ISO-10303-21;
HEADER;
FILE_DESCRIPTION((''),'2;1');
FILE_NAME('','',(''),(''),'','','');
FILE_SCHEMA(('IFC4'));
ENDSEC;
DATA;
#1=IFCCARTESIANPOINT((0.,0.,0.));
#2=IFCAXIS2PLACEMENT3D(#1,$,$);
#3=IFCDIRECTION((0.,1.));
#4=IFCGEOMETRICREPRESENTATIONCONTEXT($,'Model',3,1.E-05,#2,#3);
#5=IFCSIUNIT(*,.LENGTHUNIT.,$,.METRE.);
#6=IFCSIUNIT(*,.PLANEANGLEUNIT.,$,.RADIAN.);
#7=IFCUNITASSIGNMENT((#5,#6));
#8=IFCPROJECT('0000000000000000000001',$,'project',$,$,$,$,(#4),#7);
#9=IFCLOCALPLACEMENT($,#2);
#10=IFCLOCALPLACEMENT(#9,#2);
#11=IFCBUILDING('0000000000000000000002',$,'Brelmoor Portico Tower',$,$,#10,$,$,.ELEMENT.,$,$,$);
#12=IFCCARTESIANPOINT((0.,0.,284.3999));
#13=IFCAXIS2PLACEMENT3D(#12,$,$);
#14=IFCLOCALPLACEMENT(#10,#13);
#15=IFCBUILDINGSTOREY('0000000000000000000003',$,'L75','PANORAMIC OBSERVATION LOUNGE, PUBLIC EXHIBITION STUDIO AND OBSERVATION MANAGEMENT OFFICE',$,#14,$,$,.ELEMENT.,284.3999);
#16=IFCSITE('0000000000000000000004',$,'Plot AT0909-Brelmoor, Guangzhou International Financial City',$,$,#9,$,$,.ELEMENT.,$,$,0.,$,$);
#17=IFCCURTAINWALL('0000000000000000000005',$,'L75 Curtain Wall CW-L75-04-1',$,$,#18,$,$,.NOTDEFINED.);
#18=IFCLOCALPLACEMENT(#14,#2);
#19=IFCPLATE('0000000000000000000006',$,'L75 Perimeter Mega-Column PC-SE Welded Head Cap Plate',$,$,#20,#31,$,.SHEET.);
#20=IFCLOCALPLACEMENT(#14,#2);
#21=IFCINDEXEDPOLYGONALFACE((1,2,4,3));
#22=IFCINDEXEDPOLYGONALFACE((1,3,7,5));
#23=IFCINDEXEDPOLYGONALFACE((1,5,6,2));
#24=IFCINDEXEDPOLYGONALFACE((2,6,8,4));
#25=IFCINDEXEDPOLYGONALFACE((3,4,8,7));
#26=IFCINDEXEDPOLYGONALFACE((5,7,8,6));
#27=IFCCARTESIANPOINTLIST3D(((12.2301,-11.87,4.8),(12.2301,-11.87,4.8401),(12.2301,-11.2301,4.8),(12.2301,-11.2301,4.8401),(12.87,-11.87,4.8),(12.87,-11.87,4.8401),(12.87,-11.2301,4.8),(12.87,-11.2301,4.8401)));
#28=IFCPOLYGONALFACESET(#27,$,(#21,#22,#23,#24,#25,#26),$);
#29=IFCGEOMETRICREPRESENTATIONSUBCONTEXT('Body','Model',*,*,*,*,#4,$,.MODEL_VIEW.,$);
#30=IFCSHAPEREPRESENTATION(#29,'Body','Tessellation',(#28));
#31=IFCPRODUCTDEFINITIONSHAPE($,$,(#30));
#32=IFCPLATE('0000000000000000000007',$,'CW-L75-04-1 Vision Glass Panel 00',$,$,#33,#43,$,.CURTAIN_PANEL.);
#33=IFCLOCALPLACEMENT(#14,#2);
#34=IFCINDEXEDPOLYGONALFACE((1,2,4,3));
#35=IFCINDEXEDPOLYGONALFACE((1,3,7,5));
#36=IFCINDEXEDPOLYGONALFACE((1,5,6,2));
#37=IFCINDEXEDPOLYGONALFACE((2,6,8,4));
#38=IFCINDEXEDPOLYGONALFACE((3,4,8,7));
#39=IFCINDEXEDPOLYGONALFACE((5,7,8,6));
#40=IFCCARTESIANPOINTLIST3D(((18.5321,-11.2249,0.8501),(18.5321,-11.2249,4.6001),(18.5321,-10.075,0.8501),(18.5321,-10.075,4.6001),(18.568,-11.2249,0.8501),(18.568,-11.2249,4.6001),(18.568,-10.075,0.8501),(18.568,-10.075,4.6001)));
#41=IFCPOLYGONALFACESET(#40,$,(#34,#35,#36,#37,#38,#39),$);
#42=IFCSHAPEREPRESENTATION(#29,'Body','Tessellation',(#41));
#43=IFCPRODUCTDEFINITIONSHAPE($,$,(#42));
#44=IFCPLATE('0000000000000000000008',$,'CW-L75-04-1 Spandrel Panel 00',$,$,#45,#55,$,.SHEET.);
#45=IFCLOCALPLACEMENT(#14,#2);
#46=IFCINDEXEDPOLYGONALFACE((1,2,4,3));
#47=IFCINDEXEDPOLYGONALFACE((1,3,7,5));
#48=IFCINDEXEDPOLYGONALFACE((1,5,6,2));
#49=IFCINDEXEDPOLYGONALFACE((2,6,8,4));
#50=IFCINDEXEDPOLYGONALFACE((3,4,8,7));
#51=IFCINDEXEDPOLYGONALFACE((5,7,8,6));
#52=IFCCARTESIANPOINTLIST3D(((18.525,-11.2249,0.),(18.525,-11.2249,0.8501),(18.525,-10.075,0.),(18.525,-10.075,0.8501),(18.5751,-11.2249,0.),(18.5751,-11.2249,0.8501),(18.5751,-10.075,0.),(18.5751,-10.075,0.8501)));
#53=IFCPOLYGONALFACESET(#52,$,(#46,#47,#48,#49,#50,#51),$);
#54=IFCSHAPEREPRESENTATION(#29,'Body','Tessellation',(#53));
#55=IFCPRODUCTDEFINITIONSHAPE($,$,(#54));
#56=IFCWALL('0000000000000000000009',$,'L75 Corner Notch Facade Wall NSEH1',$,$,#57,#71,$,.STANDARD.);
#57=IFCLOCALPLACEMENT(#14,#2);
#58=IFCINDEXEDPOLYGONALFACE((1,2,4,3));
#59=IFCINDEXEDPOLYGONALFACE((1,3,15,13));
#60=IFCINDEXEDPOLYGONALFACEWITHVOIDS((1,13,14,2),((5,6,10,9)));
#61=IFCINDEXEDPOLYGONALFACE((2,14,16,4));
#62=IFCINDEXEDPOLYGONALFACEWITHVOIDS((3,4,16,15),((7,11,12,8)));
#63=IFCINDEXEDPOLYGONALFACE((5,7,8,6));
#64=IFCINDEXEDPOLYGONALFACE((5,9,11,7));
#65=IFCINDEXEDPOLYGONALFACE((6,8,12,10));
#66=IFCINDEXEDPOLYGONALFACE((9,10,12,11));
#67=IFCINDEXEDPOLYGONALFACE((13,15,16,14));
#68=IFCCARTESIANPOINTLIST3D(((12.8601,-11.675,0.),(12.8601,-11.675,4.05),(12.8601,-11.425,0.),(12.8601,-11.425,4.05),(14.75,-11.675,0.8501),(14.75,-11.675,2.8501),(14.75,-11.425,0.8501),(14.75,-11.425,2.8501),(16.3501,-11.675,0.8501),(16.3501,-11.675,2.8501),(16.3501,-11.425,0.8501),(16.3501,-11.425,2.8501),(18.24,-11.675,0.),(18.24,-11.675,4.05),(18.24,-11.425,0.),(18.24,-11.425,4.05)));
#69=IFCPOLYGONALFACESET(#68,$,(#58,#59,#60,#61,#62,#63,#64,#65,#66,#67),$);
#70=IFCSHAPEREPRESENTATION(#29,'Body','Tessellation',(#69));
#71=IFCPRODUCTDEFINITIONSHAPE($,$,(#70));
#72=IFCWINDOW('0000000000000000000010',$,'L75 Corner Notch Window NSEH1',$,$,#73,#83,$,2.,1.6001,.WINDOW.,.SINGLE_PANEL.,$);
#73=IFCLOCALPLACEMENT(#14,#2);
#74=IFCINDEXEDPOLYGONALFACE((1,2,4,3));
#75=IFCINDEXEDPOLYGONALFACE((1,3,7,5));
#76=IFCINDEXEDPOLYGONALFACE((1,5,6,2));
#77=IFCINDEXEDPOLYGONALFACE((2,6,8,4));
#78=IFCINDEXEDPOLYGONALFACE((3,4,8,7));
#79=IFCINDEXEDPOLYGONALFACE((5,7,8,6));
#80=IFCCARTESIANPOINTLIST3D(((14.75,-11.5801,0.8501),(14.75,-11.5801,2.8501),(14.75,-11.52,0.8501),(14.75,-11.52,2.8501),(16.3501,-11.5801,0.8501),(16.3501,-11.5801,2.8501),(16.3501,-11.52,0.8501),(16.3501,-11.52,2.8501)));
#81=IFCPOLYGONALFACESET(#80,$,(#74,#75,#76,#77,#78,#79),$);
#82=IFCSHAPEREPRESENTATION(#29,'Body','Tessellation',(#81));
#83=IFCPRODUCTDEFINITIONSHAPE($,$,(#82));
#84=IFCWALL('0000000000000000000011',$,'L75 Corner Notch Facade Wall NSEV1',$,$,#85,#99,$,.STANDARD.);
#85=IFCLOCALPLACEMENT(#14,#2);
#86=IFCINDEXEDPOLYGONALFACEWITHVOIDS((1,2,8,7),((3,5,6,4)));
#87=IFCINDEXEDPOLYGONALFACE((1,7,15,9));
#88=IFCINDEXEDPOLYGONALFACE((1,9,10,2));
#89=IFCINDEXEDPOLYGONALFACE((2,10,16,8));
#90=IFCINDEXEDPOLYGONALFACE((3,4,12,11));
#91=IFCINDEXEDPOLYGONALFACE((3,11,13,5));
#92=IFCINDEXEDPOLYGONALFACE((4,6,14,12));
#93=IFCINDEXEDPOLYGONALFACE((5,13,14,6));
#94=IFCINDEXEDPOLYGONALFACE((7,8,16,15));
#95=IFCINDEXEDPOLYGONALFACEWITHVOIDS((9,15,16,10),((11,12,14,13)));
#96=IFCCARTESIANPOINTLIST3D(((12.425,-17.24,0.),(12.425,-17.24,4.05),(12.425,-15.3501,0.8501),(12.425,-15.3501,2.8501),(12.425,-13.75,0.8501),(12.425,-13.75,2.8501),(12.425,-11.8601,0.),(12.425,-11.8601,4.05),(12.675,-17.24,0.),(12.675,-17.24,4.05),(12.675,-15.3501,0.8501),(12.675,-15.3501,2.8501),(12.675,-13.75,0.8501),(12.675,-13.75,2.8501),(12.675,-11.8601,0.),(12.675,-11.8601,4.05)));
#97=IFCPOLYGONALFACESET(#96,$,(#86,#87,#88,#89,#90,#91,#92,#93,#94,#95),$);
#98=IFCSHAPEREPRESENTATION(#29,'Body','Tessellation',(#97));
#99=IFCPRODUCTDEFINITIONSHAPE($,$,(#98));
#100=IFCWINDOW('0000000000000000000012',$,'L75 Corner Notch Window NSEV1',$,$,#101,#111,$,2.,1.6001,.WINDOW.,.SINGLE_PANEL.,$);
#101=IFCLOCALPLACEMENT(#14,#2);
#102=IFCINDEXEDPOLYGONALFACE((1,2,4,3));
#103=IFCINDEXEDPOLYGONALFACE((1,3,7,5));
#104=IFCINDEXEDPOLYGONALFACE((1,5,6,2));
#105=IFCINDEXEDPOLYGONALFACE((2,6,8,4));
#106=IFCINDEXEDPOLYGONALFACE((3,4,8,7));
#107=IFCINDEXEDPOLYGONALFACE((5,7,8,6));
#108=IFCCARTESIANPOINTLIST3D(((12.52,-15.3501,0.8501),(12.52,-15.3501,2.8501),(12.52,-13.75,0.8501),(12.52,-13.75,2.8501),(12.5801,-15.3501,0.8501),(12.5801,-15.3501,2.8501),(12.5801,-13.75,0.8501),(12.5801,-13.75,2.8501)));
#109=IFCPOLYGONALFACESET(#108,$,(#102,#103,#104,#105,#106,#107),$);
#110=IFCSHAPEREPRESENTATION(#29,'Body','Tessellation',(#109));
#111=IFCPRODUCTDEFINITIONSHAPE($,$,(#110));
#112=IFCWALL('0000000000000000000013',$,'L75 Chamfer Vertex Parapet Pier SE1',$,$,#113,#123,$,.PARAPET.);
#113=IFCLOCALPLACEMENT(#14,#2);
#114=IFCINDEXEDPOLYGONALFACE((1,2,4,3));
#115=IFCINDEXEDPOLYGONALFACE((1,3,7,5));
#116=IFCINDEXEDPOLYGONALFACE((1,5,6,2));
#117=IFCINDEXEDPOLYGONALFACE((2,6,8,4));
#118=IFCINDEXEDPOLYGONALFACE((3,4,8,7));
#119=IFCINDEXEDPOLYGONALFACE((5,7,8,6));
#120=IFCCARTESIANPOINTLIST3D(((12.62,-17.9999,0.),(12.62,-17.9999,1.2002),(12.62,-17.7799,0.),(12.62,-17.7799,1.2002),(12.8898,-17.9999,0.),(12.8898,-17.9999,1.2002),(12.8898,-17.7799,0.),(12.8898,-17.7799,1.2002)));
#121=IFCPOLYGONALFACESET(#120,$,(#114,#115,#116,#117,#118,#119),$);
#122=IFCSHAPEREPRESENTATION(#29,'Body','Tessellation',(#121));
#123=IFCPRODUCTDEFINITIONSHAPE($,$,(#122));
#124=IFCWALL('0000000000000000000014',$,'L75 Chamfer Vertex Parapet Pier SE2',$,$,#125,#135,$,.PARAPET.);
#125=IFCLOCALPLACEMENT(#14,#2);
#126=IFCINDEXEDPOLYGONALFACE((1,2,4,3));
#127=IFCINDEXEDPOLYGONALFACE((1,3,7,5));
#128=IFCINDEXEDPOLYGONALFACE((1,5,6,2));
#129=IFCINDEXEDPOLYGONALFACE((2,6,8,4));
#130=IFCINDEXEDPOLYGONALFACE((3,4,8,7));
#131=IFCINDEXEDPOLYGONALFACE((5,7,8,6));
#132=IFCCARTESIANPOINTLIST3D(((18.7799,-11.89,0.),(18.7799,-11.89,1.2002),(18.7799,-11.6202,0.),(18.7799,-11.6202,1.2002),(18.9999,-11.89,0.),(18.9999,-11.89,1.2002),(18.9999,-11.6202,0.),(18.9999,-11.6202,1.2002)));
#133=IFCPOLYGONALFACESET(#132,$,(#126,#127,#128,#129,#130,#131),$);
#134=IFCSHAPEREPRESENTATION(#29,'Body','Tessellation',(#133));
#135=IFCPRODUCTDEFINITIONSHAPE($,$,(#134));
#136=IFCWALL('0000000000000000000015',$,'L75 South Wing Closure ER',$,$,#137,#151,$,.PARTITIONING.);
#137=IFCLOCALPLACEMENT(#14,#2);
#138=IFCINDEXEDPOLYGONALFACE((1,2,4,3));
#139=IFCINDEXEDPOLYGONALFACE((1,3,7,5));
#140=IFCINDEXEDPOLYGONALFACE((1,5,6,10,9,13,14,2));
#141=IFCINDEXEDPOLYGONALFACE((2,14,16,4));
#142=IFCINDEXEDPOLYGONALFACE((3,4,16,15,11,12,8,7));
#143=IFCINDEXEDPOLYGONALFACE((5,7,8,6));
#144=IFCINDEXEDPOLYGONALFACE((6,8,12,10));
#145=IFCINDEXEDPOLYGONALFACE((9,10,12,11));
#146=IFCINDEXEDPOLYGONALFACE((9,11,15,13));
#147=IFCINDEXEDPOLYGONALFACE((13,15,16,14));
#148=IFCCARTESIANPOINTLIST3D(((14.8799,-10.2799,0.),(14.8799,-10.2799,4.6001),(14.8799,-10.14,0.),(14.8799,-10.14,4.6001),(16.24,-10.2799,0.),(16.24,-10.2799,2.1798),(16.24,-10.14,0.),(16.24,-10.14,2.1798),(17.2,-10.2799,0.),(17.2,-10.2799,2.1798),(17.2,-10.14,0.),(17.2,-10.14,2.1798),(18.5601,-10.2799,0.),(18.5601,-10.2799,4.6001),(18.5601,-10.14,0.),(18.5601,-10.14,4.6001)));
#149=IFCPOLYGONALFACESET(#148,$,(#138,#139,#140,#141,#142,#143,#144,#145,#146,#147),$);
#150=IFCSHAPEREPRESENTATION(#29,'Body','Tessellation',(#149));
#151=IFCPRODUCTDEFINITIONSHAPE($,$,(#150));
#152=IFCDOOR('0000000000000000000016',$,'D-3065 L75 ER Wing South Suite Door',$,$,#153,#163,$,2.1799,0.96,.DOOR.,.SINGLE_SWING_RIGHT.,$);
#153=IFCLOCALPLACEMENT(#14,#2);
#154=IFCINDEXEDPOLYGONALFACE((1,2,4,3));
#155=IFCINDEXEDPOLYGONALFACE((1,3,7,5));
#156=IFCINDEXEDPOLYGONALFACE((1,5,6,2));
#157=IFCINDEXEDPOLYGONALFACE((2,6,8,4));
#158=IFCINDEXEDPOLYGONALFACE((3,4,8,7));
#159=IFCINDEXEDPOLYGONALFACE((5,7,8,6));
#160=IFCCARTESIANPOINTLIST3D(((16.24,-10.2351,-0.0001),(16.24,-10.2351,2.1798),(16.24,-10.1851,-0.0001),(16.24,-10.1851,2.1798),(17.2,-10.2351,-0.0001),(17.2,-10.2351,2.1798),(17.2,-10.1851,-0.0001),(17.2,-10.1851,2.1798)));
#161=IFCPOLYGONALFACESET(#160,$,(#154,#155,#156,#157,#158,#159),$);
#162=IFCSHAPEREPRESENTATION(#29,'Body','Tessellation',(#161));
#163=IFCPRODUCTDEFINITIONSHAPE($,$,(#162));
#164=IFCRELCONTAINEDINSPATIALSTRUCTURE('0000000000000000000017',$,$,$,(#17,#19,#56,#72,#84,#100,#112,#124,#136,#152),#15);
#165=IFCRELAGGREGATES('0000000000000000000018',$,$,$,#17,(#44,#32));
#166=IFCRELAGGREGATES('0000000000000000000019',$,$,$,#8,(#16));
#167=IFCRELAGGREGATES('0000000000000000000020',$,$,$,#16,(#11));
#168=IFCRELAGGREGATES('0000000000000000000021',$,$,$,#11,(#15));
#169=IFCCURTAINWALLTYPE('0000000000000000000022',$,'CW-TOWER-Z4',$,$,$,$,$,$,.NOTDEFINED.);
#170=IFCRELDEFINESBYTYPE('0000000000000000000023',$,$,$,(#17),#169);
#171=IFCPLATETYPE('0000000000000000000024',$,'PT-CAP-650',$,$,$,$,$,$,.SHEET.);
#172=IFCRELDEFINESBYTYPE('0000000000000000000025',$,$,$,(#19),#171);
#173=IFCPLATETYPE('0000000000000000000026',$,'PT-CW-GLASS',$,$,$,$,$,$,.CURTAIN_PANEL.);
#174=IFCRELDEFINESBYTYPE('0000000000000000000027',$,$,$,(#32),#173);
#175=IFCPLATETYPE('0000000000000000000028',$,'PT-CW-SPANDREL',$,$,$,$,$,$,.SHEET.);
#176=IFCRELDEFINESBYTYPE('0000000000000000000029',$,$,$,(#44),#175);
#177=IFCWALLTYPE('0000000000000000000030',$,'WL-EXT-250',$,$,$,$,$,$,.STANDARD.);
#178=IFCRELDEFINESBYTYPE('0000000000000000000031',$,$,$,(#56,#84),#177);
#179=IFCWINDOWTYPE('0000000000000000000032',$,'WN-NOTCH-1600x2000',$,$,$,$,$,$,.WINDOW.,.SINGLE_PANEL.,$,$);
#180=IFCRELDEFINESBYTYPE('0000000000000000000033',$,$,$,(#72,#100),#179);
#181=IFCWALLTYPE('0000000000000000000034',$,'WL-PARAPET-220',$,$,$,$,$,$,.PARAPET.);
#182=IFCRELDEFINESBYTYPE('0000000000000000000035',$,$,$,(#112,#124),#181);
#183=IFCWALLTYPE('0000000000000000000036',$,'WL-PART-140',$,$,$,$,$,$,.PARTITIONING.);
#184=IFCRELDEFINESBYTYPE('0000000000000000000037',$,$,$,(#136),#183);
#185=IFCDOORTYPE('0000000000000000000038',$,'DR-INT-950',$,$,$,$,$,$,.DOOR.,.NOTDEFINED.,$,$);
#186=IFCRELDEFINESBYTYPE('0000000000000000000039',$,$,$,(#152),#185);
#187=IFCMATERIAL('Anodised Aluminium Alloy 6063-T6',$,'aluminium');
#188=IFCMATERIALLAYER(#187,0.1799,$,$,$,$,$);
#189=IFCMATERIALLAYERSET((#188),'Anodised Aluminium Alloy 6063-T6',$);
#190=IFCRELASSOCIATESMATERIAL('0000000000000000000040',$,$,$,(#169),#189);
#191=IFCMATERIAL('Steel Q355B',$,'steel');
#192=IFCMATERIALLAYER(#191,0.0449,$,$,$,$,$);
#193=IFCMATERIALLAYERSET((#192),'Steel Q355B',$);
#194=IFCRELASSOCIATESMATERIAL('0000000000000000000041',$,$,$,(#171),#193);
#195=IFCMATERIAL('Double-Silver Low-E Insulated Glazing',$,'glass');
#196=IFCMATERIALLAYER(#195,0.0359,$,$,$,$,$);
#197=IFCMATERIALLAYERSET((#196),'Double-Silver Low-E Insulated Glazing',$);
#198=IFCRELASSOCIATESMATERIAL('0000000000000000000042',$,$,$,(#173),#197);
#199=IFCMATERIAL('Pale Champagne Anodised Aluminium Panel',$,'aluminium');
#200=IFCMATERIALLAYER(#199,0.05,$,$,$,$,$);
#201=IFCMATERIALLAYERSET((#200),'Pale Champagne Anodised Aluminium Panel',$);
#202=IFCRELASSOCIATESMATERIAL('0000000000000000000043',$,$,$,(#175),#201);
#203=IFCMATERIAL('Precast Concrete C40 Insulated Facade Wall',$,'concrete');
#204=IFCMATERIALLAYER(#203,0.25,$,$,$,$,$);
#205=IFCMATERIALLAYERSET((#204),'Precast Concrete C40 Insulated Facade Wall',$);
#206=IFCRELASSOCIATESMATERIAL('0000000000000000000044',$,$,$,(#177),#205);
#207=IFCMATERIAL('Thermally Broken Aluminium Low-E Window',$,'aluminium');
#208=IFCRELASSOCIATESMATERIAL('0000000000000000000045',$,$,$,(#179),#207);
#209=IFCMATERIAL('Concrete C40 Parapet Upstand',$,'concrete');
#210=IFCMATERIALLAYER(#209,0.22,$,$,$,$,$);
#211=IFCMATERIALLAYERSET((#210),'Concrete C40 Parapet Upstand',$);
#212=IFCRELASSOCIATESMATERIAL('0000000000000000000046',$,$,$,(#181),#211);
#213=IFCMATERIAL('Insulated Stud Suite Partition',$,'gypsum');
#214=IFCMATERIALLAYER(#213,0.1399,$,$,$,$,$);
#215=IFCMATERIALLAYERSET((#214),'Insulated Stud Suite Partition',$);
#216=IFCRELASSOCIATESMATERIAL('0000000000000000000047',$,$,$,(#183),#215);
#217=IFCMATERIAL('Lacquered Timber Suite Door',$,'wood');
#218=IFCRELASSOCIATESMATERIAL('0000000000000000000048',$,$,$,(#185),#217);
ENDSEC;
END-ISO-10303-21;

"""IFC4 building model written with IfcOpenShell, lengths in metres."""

from ifc_helpers import new_model, si_unit, direction, frame, frame_2d, origin, origin_2d, place, context, subcontext, project, spatial, rectangle, extrude, material, layer, layer_set, type_object, element, fill, aggregate, save


model = new_model("IFC4")

# Units and contexts
model_context = context("Model", 3, precision=1e-05, world=origin(), true_north=direction((0.0, 1.0)))
body_context = subcontext(model_context, "Body", "Model", "MODEL_VIEW")
ifc_project = project(units=[si_unit("LENGTHUNIT", "METRE"), si_unit("PLANEANGLEUNIT", "RADIAN")], contexts=[model_context])

# Site, building, storey
site_placement = place(None, origin())
site = spatial("IfcSite", under=ifc_project, at=site_placement, Name="Plot AT0909-Brelmoor, Guangzhou International Financial City", CompositionType="ELEMENT", RefElevation=0.0)
building_placement = place(site_placement, origin())
building = spatial("IfcBuilding", under=site, at=building_placement, Name="Brelmoor Portico Tower", CompositionType="ELEMENT")
storey_placement = place(building_placement, frame((0.0, 0.0, 284.3999)))
storey = spatial("IfcBuildingStorey", under=building, at=storey_placement, Name="L75", Description="PANORAMIC OBSERVATION LOUNGE, PUBLIC EXHIBITION STUDIO AND OBSERVATION MANAGEMENT OFFICE", CompositionType="ELEMENT", Elevation=284.3999)

# Shared definitions
ifc_material_1 = material(Name="Steel Q355B", Category="steel")

# Shared definitions
ifc_material_2 = material(Name="Anodised Aluminium Alloy 6063-T6", Category="aluminium")
ifc_layer_1 = layer(ifc_material_2, 0.1799)
ifc_layer_set_1 = layer_set([ifc_layer_1], Name="Anodised Aluminium Alloy 6063-T6")
curtain_wall_type = type_object("IfcCurtainWallType", Name="CW-TOWER-Z4", PredefinedType="NOTDEFINED", material=ifc_layer_set_1)

# Curtain wall
curtain_wall_1_placement = place(storey_placement, origin())
curtain_wall_1 = element("IfcCurtainWall", 1, at=curtain_wall_1_placement, inside=storey, type_object=curtain_wall_type, Name="L75 Curtain Wall CW-L75-04-1", PredefinedType="NOTDEFINED")

# Plate
ifc_layer_2 = layer(ifc_material_1, 0.0449)
ifc_layer_set_2 = layer_set([ifc_layer_2], Name="Steel Q355B")
plate_type_1 = type_object("IfcPlateType", Name="PT-CAP-650", PredefinedType="SHEET", material=ifc_layer_set_2)
for number, where, z_axis, x_axis, name in (
    (2, (12.55, -11.55, 4.8), (0.0, 0.0, 1.0), (1.0, 0.0, 0.0), "L75 Perimeter Mega-Column PC-SE Welded Head Cap Plate"),
):
    element("IfcPlate", number, at=place(storey_placement, frame(where, z_axis=z_axis, x_axis=x_axis)), inside=storey, type_object=plate_type_1, Name=name, PredefinedType="SHEET", context=body_context, shape_type="SweptSolid", body=[
        extrude(rectangle(XDim=0.6399, YDim=0.6399, at=origin_2d()), origin(), (0.0, 0.0, 1.0), 0.04),
    ])

# Plates
ifc_material_3 = material(Name="Double-Silver Low-E Insulated Glazing", Category="glass")
ifc_layer_3 = layer(ifc_material_3, 0.0359)
ifc_layer_set_3 = layer_set([ifc_layer_3], Name="Double-Silver Low-E Insulated Glazing")
plate_type_2 = type_object("IfcPlateType", Name="PT-CW-GLASS", PredefinedType="CURTAIN_PANEL", material=ifc_layer_set_3)
plate_1_placement = place(storey_placement, frame((18.55, -10.6499, 0.8501), z_axis=(0.0, 0.0, 1.0), x_axis=(0.0, 1.0, 0.0)))
plate_1 = element("IfcPlate", 3, at=plate_1_placement, type_object=plate_type_2, Name="CW-L75-04-1 Vision Glass Panel 00", PredefinedType="CURTAIN_PANEL", context=body_context, shape_type="SweptSolid", body=[
    extrude(rectangle(XDim=1.1499, YDim=0.0359, at=origin_2d()), origin(), (0.0, 0.0, 1.0), 3.75),
])
ifc_material_4 = material(Name="Pale Champagne Anodised Aluminium Panel", Category="aluminium")
ifc_layer_4 = layer(ifc_material_4, 0.05)
ifc_layer_set_4 = layer_set([ifc_layer_4], Name="Pale Champagne Anodised Aluminium Panel")
plate_type_3 = type_object("IfcPlateType", Name="PT-CW-SPANDREL", PredefinedType="SHEET", material=ifc_layer_set_4)
plate_2_placement = place(storey_placement, frame((18.55, -10.6499, 0.0), z_axis=(0.0, 0.0, 1.0), x_axis=(0.0, 1.0, 0.0)))
plate_2 = element("IfcPlate", 4, at=plate_2_placement, type_object=plate_type_3, Name="CW-L75-04-1 Spandrel Panel 00", PredefinedType="SHEET", context=body_context, shape_type="SweptSolid", body=[
    extrude(rectangle(XDim=1.1499, YDim=0.05, at=origin_2d()), origin(), (0.0, 0.0, 1.0), 0.8501),
])
aggregate(curtain_wall_1, [plate_2, plate_1])

# Walls, openings, windows
ifc_material_5 = material(Name="Precast Concrete C40 Insulated Facade Wall", Category="concrete")
ifc_layer_5 = layer(ifc_material_5, 0.25)
ifc_layer_set_5 = layer_set([ifc_layer_5], Name="Precast Concrete C40 Insulated Facade Wall")
wall_type_1 = type_object("IfcWallType", Name="WL-EXT-250", PredefinedType="STANDARD", material=ifc_layer_set_5)
wall_1_placement = place(storey_placement, frame((12.8601, -11.55, 0.0), z_axis=(0.0, 0.0, 1.0), x_axis=(1.0, 0.0, 0.0)))
wall_1 = element("IfcWall", 5, at=wall_1_placement, inside=storey, type_object=wall_type_1, Name="L75 Corner Notch Facade Wall NSEH1", PredefinedType="STANDARD", context=body_context, shape_type="SweptSolid", body=[
    extrude(rectangle(XDim=5.3799, YDim=0.25, at=frame_2d((2.6899, 0.0))), origin(), (0.0, 0.0, 1.0), 4.05),
])
opening_1_placement = place(wall_1_placement, frame((1.8899, 0.0, 0.8501)))
opening_1 = element("IfcOpeningElement", 6, at=opening_1_placement, cuts=wall_1, PredefinedType="OPENING", context=body_context, shape_type="SweptSolid", body=[
    extrude(rectangle(XDim=1.6001, YDim=2.0, at=frame_2d((0.8, 1.0))), frame((0.0, 0.135, 0.0), z_axis=(0.0, -1.0, 0.0), x_axis=(1.0, 0.0, 0.0)), (0.0, 0.0, 1.0), 0.27),
])
ifc_material_6 = material(Name="Thermally Broken Aluminium Low-E Window", Category="aluminium")
window_type = type_object("IfcWindowType", Name="WN-NOTCH-1600x2000", PartitioningType="SINGLE_PANEL", PredefinedType="WINDOW", material=ifc_material_6)
window_1_placement = place(opening_1_placement, origin())
window_1 = element("IfcWindow", 7, at=window_1_placement, inside=storey, type_object=window_type, Name="L75 Corner Notch Window NSEH1", OverallHeight=2.0, OverallWidth=1.6001, PartitioningType="SINGLE_PANEL", PredefinedType="WINDOW", context=body_context, shape_type="SweptSolid", body=[
    extrude(rectangle(XDim=1.6001, YDim=2.0, at=frame_2d((0.8, 1.0))), frame((0.0, 0.03, 0.0), z_axis=(0.0, -1.0, 0.0), x_axis=(1.0, 0.0, 0.0)), (0.0, 0.0, 1.0), 0.0601),
])
fill(opening_1, window_1)
wall_2_placement = place(storey_placement, frame((12.55, -17.24, 0.0), z_axis=(0.0, 0.0, 1.0), x_axis=(0.0, 1.0, 0.0)))
wall_2 = element("IfcWall", 8, at=wall_2_placement, inside=storey, type_object=wall_type_1, Name="L75 Corner Notch Facade Wall NSEV1", PredefinedType="STANDARD", context=body_context, shape_type="SweptSolid", body=[
    extrude(rectangle(XDim=5.3799, YDim=0.25, at=frame_2d((2.6899, 0.0))), origin(), (0.0, 0.0, 1.0), 4.05),
])
opening_2_placement = place(wall_2_placement, frame((1.8899, 0.0, 0.8501)))
opening_2 = element("IfcOpeningElement", 9, at=opening_2_placement, cuts=wall_2, PredefinedType="OPENING", context=body_context, shape_type="SweptSolid", body=[
    extrude(rectangle(XDim=1.6001, YDim=2.0, at=frame_2d((0.8, 1.0))), frame((0.0, 0.135, 0.0), z_axis=(0.0, -1.0, 0.0), x_axis=(1.0, 0.0, 0.0)), (0.0, 0.0, 1.0), 0.27),
])
window_2_placement = place(opening_2_placement, origin())
window_2 = element("IfcWindow", 10, at=window_2_placement, inside=storey, type_object=window_type, Name="L75 Corner Notch Window NSEV1", OverallHeight=2.0, OverallWidth=1.6001, PartitioningType="SINGLE_PANEL", PredefinedType="WINDOW", context=body_context, shape_type="SweptSolid", body=[
    extrude(rectangle(XDim=1.6001, YDim=2.0, at=frame_2d((0.8, 1.0))), frame((0.0, 0.03, 0.0), z_axis=(0.0, -1.0, 0.0), x_axis=(1.0, 0.0, 0.0)), (0.0, 0.0, 1.0), 0.0601),
])
fill(opening_2, window_2)

# Walls
ifc_material_7 = material(Name="Concrete C40 Parapet Upstand", Category="concrete")
ifc_layer_6 = layer(ifc_material_7, 0.22)
ifc_layer_set_6 = layer_set([ifc_layer_6], Name="Concrete C40 Parapet Upstand")
wall_type_2 = type_object("IfcWallType", Name="WL-PARAPET-220", PredefinedType="PARAPET", material=ifc_layer_set_6)
for number, where, z_axis, x_axis, name in (
    (11, (12.6201, -17.8899, 0.0), (0.0, 0.0, 1.0), (1.0, 0.0, 0.0), "L75 Chamfer Vertex Parapet Pier SE1"),
    (12, (18.8899, -11.8899, 0.0), (0.0, 0.0, 1.0), (0.0, 1.0, 0.0), "L75 Chamfer Vertex Parapet Pier SE2"),
):
    element("IfcWall", number, at=place(storey_placement, frame(where, z_axis=z_axis, x_axis=x_axis)), inside=storey, type_object=wall_type_2, Name=name, PredefinedType="PARAPET", context=body_context, shape_type="SweptSolid", body=[
        extrude(rectangle(XDim=0.2698, YDim=0.22, at=frame_2d((0.1348, 0.0))), origin(), (0.0, 0.0, 1.0), 1.2002),
    ])

# Wall, opening, door
ifc_material_8 = material(Name="Insulated Stud Suite Partition", Category="gypsum")
ifc_layer_7 = layer(ifc_material_8, 0.1399)
ifc_layer_set_7 = layer_set([ifc_layer_7], Name="Insulated Stud Suite Partition")
wall_type_3 = type_object("IfcWallType", Name="WL-PART-140", PredefinedType="PARTITIONING", material=ifc_layer_set_7)
wall_3_placement = place(storey_placement, frame((14.8799, -10.21, 0.0), z_axis=(0.0, 0.0, 1.0), x_axis=(1.0, 0.0, 0.0)))
wall_3 = element("IfcWall", 13, at=wall_3_placement, inside=storey, type_object=wall_type_3, Name="L75 South Wing Closure ER", PredefinedType="PARTITIONING", context=body_context, shape_type="SweptSolid", body=[
    extrude(rectangle(XDim=3.6802, YDim=0.1399, at=frame_2d((1.8401, 0.0))), origin(), (0.0, 0.0, 1.0), 4.6001),
])
opening_3_placement = place(wall_3_placement, frame((1.3601, 0.0, 0.0)))
opening_3 = element("IfcOpeningElement", 14, at=opening_3_placement, cuts=wall_3, PredefinedType="OPENING", context=body_context, shape_type="SweptSolid", body=[
    extrude(rectangle(XDim=0.96, YDim=2.1799, at=frame_2d((0.48, 1.0898))), frame((0.0, 0.0798, 0.0), z_axis=(0.0, -1.0, 0.0), x_axis=(1.0, 0.0, 0.0)), (0.0, 0.0, 1.0), 0.1599),
])
ifc_material_9 = material(Name="Lacquered Timber Suite Door", Category="wood")
door_type = type_object("IfcDoorType", Name="DR-INT-950", OperationType="NOTDEFINED", PredefinedType="DOOR", material=ifc_material_9)
door_placement = place(opening_3_placement, origin())
door = element("IfcDoor", 15, at=door_placement, inside=storey, type_object=door_type, Name="D-3065 L75 ER Wing South Suite Door", OperationType="SINGLE_SWING_RIGHT", OverallHeight=2.1799, OverallWidth=0.96, PredefinedType="DOOR", context=body_context, shape_type="SweptSolid", body=[
    extrude(rectangle(XDim=0.96, YDim=2.1799, at=frame_2d((0.48, 1.0898))), frame((0.0, 0.0249, 0.0), z_axis=(0.0, -1.0, 0.0), x_axis=(1.0, 0.0, 0.0)), (0.0, 0.0, 1.0), 0.05),
])
fill(opening_3, door)

save(model, "model.ifc")
